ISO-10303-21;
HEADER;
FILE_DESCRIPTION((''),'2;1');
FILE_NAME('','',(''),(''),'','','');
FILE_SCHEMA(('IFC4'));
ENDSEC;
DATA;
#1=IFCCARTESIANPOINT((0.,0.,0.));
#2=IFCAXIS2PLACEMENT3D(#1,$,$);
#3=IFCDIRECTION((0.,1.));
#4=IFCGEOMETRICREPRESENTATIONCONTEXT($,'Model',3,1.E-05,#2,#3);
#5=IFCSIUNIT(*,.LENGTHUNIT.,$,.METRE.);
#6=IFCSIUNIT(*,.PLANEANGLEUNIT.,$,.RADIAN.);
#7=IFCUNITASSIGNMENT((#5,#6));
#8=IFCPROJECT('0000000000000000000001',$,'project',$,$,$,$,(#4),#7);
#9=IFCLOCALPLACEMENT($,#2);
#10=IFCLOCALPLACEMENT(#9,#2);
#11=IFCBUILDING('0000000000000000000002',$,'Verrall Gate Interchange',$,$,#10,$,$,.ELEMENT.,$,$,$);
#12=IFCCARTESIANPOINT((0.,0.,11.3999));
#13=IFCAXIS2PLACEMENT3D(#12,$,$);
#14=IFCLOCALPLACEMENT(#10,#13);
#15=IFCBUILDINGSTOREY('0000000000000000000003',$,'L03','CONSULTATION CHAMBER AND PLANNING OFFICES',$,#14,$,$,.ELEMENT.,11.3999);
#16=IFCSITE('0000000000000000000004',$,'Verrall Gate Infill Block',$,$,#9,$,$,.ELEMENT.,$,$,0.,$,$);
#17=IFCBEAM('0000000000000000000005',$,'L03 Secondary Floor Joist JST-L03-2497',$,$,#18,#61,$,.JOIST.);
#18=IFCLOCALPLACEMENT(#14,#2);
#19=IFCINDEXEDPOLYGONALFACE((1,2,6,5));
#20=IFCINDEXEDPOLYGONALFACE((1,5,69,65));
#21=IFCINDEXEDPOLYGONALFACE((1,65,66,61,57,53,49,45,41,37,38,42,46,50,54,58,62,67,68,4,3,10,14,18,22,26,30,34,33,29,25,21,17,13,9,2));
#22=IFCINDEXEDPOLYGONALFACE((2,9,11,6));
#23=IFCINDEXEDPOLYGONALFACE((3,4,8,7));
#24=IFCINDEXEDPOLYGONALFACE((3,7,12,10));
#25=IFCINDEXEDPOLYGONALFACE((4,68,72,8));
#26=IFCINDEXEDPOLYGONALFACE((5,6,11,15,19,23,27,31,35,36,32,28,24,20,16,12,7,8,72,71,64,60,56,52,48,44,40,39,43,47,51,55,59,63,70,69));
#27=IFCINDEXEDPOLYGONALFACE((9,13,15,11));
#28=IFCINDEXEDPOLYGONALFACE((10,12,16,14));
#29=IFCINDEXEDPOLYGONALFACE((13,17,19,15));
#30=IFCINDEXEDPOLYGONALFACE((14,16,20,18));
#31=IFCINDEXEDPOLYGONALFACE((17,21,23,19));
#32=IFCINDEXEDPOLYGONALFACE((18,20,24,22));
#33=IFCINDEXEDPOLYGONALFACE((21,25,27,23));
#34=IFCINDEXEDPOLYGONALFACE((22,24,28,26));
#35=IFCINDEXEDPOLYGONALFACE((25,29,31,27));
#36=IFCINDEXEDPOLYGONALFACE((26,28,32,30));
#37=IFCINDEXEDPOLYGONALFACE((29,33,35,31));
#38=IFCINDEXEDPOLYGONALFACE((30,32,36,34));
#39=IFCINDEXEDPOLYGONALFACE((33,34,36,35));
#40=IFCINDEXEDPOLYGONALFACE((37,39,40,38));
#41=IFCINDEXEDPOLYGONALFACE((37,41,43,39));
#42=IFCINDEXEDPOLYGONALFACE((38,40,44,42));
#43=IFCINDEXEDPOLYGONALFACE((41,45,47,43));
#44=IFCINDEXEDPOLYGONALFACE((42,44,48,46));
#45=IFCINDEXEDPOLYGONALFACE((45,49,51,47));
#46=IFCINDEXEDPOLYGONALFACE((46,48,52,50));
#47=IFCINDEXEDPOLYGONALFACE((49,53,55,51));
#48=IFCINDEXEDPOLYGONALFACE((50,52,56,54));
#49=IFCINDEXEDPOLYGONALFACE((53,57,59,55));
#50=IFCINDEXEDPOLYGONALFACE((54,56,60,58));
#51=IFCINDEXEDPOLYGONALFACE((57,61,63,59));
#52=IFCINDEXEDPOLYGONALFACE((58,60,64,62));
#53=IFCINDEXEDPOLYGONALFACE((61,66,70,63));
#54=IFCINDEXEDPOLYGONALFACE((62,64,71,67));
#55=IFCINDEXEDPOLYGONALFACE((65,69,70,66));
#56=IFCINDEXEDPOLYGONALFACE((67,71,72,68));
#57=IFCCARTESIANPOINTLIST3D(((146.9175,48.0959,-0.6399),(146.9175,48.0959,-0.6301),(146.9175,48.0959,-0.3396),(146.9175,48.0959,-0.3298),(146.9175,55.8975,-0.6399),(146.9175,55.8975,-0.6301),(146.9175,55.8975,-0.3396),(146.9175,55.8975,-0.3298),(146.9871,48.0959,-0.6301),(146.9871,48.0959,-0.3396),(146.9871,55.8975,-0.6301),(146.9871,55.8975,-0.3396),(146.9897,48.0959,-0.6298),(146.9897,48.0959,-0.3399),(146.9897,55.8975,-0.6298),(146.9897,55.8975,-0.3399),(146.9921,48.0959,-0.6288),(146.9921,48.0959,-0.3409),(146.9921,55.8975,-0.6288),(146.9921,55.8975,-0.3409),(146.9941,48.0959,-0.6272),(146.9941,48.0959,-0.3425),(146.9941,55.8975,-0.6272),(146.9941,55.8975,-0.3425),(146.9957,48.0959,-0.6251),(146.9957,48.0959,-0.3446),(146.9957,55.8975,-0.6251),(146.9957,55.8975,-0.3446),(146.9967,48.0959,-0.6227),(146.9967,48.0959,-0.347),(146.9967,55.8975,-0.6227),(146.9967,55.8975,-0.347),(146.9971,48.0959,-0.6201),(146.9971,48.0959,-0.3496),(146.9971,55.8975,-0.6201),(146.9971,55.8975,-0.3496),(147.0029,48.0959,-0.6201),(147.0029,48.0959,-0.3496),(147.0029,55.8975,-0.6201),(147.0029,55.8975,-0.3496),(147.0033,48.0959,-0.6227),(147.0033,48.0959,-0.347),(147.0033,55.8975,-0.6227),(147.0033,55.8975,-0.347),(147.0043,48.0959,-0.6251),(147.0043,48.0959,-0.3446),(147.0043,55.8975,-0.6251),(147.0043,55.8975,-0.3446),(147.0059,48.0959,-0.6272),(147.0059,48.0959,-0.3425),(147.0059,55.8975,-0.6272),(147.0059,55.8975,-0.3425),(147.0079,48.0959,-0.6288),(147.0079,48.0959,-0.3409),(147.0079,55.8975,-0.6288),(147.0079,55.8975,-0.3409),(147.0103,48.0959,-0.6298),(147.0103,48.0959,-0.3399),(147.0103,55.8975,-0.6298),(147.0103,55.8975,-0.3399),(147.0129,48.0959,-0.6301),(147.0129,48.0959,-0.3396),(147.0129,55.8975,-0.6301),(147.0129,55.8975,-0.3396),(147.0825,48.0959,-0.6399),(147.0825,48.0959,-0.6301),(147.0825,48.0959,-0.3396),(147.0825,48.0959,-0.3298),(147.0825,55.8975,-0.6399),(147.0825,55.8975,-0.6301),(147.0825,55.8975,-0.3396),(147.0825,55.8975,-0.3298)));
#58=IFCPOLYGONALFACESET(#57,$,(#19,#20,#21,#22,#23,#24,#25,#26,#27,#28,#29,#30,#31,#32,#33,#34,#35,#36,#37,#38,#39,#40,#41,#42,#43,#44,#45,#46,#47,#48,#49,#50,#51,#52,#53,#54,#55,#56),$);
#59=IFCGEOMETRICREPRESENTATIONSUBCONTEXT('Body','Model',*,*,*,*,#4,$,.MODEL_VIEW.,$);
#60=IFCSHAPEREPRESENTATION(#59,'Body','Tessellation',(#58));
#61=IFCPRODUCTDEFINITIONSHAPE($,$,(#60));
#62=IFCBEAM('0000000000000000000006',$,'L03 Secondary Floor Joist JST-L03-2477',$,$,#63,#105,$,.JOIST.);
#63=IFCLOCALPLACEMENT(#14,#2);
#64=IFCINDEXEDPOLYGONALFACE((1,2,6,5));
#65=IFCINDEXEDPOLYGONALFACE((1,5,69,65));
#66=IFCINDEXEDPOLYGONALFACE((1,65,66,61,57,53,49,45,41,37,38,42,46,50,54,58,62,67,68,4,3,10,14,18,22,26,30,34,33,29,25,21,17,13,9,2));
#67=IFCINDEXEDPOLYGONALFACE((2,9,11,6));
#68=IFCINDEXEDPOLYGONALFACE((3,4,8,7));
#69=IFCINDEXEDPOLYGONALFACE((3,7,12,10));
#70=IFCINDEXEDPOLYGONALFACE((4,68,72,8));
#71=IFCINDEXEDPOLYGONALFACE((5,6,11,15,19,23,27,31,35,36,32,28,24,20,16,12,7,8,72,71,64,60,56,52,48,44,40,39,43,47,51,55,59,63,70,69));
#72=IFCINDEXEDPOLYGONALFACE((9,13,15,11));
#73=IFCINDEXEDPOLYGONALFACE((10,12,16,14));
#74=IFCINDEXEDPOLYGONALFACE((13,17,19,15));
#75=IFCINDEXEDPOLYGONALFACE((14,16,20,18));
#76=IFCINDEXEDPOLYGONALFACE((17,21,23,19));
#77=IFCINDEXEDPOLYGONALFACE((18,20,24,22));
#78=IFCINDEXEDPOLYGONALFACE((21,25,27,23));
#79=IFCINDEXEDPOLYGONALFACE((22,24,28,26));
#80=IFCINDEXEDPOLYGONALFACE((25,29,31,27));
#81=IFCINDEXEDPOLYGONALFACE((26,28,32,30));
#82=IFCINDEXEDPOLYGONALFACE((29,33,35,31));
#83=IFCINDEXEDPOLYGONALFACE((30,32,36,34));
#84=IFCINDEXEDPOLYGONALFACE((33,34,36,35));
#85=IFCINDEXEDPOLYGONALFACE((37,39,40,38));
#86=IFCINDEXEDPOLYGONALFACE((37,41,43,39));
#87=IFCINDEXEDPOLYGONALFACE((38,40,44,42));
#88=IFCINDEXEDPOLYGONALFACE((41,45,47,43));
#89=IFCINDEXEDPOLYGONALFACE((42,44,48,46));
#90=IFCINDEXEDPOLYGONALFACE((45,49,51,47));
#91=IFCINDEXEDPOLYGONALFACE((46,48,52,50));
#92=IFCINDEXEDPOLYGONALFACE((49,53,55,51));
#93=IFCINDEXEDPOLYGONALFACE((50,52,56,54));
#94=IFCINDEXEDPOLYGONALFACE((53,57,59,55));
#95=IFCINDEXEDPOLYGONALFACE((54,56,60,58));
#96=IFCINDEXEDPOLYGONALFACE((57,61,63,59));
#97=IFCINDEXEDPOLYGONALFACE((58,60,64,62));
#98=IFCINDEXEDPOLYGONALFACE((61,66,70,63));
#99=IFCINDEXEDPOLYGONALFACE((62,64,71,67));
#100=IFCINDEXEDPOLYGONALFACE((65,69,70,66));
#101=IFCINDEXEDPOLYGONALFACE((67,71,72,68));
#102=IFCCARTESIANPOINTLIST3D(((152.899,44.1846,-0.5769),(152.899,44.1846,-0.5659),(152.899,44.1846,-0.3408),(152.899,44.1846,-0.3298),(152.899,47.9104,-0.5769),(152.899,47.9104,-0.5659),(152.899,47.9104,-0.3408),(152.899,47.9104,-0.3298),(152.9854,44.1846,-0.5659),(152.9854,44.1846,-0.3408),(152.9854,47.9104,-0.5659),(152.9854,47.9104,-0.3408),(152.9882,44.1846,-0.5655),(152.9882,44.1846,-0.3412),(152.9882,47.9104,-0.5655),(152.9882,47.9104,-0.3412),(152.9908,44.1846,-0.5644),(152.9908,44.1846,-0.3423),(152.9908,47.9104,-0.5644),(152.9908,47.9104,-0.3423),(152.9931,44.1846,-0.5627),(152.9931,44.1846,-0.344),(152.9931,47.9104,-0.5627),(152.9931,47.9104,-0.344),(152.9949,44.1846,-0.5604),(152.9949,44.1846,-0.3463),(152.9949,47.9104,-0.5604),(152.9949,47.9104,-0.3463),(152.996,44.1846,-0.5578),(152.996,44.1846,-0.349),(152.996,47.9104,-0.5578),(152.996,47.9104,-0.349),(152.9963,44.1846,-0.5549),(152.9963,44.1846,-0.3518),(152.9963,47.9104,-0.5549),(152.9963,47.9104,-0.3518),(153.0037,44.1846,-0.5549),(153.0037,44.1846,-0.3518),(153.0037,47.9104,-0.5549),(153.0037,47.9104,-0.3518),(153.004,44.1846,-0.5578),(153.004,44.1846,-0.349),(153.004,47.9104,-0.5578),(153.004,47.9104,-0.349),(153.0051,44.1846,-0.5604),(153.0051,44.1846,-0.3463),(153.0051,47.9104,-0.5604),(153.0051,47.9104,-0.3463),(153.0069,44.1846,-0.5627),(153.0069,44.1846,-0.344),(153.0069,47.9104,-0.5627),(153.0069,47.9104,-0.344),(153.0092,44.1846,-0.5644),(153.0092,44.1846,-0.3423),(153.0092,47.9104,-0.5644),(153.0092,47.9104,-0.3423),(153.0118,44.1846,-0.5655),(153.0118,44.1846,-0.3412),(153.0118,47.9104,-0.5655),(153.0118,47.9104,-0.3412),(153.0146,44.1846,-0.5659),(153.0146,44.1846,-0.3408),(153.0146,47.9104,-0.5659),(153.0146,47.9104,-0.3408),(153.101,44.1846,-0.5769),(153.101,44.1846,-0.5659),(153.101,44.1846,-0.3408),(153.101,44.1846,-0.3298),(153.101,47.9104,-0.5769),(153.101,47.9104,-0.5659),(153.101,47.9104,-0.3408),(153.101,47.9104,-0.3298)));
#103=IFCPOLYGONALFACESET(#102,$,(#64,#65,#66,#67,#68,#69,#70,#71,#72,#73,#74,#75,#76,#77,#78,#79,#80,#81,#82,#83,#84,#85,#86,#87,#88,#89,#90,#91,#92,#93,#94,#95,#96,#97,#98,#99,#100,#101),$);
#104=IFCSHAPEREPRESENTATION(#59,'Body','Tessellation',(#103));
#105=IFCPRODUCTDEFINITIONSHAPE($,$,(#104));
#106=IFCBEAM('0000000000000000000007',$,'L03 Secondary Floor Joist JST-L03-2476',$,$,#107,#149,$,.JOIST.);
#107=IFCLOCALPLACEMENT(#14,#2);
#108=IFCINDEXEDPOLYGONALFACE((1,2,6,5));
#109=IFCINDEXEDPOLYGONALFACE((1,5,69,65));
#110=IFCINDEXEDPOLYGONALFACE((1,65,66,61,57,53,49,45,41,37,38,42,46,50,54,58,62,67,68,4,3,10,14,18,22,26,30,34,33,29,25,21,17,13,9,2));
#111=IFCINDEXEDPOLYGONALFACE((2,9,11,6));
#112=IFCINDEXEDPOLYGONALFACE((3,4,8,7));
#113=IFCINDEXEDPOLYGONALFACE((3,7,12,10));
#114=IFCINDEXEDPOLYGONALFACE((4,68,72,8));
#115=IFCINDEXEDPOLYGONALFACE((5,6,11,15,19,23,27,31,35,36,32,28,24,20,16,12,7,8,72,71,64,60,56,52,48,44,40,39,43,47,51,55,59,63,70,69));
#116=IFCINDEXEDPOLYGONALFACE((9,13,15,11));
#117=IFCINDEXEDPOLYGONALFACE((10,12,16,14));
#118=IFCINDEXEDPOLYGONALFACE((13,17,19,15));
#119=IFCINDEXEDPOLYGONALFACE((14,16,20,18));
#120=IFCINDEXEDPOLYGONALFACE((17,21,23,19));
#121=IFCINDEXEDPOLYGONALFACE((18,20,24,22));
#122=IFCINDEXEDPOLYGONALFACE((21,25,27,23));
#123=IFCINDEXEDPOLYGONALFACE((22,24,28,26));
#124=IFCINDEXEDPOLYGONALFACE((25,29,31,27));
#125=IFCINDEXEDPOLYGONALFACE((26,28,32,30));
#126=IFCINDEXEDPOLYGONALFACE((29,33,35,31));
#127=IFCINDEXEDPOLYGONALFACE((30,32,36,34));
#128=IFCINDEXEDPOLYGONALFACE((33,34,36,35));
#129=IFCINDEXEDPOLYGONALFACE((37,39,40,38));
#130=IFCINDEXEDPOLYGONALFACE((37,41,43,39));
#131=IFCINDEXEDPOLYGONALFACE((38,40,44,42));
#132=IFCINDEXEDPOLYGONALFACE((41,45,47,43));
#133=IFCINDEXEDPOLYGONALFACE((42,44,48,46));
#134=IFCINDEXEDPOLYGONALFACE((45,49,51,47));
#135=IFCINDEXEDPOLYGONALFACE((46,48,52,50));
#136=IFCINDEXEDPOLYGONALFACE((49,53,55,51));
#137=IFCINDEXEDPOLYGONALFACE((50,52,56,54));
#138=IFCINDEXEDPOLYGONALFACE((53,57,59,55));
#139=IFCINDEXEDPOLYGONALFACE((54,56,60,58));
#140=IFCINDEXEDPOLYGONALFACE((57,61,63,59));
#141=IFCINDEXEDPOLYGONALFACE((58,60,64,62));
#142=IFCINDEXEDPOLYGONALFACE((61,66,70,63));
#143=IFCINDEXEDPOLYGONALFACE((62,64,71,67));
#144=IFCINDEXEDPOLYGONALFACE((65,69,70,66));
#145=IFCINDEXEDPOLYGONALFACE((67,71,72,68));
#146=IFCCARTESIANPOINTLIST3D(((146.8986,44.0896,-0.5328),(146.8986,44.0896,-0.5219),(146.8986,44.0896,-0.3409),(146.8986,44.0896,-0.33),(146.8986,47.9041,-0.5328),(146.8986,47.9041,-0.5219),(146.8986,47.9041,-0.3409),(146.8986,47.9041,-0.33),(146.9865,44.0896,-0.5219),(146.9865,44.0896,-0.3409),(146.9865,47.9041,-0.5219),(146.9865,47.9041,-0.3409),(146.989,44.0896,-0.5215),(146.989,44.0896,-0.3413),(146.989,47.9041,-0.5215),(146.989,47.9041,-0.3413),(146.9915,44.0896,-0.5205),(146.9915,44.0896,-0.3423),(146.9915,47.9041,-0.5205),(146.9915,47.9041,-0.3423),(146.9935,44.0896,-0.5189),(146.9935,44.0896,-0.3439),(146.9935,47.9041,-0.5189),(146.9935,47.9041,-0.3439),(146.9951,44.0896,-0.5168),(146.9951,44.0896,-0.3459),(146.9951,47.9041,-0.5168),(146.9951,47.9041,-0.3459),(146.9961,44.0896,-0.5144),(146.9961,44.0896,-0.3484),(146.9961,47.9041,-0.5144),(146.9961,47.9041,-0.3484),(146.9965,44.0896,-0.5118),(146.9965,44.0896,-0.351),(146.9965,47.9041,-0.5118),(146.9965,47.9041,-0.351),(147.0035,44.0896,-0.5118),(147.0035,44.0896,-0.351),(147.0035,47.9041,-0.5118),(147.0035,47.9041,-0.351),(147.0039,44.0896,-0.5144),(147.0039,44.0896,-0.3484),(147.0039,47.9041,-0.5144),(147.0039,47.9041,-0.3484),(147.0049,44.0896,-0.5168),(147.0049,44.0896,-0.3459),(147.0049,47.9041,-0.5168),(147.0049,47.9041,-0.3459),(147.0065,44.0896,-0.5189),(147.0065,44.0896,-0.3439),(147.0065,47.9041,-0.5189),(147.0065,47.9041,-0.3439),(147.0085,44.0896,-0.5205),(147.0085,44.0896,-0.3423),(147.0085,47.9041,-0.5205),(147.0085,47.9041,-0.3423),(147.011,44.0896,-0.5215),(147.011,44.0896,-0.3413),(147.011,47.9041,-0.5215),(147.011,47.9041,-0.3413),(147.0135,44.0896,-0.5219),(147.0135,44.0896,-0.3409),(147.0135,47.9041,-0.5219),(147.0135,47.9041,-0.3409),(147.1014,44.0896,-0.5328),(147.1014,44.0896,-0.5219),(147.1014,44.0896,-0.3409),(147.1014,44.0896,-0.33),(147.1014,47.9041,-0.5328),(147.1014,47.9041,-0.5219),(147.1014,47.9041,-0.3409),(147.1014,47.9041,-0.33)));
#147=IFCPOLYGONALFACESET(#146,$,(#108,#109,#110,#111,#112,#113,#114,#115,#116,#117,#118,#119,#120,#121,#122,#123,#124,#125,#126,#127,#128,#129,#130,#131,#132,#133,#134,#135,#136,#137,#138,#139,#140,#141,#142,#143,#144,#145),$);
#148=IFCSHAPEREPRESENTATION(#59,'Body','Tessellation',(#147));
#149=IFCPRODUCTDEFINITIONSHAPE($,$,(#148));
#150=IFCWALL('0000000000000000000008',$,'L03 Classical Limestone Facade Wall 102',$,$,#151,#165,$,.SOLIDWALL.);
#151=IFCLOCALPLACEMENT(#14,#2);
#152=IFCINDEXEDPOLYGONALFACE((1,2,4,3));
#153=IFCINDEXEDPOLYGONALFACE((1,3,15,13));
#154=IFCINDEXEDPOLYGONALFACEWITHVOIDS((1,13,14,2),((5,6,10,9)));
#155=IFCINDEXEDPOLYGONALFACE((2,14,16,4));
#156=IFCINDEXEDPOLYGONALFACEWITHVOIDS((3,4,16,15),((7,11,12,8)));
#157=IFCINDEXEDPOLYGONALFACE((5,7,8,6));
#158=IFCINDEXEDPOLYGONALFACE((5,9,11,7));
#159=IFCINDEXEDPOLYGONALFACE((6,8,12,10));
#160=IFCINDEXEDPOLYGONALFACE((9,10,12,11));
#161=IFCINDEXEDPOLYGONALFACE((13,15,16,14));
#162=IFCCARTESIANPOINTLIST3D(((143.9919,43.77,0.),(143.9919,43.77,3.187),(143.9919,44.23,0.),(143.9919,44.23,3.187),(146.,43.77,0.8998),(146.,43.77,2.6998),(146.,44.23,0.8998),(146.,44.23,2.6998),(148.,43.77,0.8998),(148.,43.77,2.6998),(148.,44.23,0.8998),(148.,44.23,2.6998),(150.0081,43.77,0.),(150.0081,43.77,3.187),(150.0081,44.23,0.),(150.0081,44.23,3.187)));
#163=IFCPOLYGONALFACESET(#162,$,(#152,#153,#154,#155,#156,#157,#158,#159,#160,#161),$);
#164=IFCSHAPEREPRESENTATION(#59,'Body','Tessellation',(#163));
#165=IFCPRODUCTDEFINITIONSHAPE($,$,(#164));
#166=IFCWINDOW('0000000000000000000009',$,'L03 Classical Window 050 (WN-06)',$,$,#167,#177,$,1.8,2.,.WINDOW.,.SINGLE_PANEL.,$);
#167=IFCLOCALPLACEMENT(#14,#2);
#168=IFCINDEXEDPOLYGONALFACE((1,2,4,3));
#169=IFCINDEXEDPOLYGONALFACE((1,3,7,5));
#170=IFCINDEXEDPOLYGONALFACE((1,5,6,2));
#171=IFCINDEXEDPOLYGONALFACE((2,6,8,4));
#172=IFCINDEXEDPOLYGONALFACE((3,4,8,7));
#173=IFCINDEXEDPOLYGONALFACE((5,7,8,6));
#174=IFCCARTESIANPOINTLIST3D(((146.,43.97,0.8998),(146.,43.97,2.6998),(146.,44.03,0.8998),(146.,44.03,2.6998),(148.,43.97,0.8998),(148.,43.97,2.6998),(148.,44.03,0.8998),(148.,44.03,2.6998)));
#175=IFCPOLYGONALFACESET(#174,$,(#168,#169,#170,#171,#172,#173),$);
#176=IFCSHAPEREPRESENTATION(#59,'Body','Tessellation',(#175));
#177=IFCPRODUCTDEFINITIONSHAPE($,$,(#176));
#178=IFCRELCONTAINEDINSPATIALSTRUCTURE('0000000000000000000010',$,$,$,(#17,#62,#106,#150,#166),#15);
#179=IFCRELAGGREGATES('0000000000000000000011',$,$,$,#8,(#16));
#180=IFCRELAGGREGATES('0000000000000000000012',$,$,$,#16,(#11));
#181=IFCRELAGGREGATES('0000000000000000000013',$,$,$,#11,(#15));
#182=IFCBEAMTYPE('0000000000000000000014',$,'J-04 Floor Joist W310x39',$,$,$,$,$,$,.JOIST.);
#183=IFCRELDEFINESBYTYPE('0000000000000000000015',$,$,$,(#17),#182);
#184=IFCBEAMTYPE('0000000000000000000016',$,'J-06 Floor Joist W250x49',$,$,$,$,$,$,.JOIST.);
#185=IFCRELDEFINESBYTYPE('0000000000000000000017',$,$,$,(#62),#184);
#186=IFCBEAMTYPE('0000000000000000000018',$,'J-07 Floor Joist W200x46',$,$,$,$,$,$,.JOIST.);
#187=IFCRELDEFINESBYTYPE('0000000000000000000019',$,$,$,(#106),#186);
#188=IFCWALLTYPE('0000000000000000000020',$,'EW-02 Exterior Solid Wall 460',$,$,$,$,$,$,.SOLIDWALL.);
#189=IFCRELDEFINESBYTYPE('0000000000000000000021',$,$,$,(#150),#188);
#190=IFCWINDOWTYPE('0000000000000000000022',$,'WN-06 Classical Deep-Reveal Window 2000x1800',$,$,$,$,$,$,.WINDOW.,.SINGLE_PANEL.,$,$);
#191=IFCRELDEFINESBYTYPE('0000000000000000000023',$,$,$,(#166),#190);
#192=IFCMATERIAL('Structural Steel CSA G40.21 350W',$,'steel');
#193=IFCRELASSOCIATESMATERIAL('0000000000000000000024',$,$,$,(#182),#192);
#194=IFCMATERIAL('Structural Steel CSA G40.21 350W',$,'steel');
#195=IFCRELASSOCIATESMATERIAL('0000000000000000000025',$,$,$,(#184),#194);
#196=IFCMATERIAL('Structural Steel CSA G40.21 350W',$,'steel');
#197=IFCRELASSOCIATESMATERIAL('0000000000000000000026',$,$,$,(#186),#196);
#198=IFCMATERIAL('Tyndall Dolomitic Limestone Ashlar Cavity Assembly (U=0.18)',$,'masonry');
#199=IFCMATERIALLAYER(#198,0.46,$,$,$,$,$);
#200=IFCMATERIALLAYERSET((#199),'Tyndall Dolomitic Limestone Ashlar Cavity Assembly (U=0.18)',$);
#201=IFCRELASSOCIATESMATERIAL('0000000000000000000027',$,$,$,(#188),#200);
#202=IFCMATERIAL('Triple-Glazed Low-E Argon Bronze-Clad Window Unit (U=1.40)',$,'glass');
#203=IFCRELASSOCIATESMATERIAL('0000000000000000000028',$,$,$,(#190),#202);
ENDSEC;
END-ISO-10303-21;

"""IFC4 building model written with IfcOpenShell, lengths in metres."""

from ifc_helpers import new_model, si_unit, direction, frame, frame_2d, origin, origin_2d, place, context, subcontext, project, spatial, rectangle, i_section, extrude, material, layer, layer_set, material_profile, profile_set, type_object, element, fill, save


model = new_model("IFC4")

# Units and contexts
model_context = context("Model", 3, precision=1e-05, world=origin(), true_north=direction((0.0, 1.0)))
body_context = subcontext(model_context, "Body", "Model", "MODEL_VIEW")
ifc_project = project(units=[si_unit("LENGTHUNIT", "METRE"), si_unit("PLANEANGLEUNIT", "RADIAN")], contexts=[model_context])

# Site, building, storey
site_placement = place(None, origin())
site = spatial("IfcSite", under=ifc_project, at=site_placement, Name="Verrall Gate Infill Block", CompositionType="ELEMENT", RefElevation=0.0)
building_placement = place(site_placement, origin())
building = spatial("IfcBuilding", under=site, at=building_placement, Name="Verrall Gate Interchange", CompositionType="ELEMENT")
storey_placement = place(building_placement, frame((0.0, 0.0, 11.3999)))
storey = spatial("IfcBuildingStorey", under=building, at=storey_placement, Name="L03", Description="CONSULTATION CHAMBER AND PLANNING OFFICES", CompositionType="ELEMENT", Elevation=11.3999)

# Beams
ifc_material_1 = material(Name="Structural Steel CSA G40.21 350W", Category="steel")
ifc_material_profile_1 = material_profile(ifc_material_1, i_section(OverallWidth=0.165, OverallDepth=0.3101, WebThickness=0.0059, FlangeThickness=0.0098, FilletRadius=0.01, at=origin_2d()), Name="W310x39")
ifc_profile_set_1 = profile_set([ifc_material_profile_1], Name="Structural Steel CSA G40.21 350W")
beam_type_1 = type_object("IfcBeamType", Name="J-04 Floor Joist W310x39", PredefinedType="JOIST", material=ifc_profile_set_1)
beam_1_placement = place(storey_placement, frame((147.0, 48.0959, -0.4849), z_axis=(0.0, 1.0, 0.0), x_axis=(-1.0, 0.0, 0.0)))
element("IfcBeam", 1, at=beam_1_placement, inside=storey, type_object=beam_type_1, Name="L03 Secondary Floor Joist JST-L03-2497", PredefinedType="JOIST", context=body_context, shape_type="SweptSolid", body=[
    extrude(i_section(OverallWidth=0.165, OverallDepth=0.3101, WebThickness=0.0059, FlangeThickness=0.0098, FilletRadius=0.01, at=origin_2d()), origin(), (0.0, 0.0, 1.0), 7.8015),
])
ifc_material_2 = material(Name="Structural Steel CSA G40.21 350W", Category="steel")
ifc_material_profile_2 = material_profile(ifc_material_2, i_section(OverallWidth=0.2019, OverallDepth=0.2471, WebThickness=0.0073, FlangeThickness=0.011, FilletRadius=0.011, at=origin_2d()), Name="W250x49")
ifc_profile_set_2 = profile_set([ifc_material_profile_2], Name="Structural Steel CSA G40.21 350W")
beam_type_2 = type_object("IfcBeamType", Name="J-06 Floor Joist W250x49", PredefinedType="JOIST", material=ifc_profile_set_2)
beam_2_placement = place(storey_placement, frame((153.0, 44.1846, -0.4534), z_axis=(0.0, 1.0, 0.0), x_axis=(-1.0, 0.0, 0.0)))
element("IfcBeam", 2, at=beam_2_placement, inside=storey, type_object=beam_type_2, Name="L03 Secondary Floor Joist JST-L03-2477", PredefinedType="JOIST", context=body_context, shape_type="SweptSolid", body=[
    extrude(i_section(OverallWidth=0.2019, OverallDepth=0.2471, WebThickness=0.0073, FlangeThickness=0.011, FilletRadius=0.011, at=origin_2d()), origin(), (0.0, 0.0, 1.0), 3.7258),
])
ifc_material_3 = material(Name="Structural Steel CSA G40.21 350W", Category="steel")
ifc_material_profile_3 = material_profile(ifc_material_3, i_section(OverallWidth=0.2029, OverallDepth=0.2029, WebThickness=0.0071, FlangeThickness=0.011, FilletRadius=0.01, at=origin_2d()), Name="W200x46")
ifc_profile_set_3 = profile_set([ifc_material_profile_3], Name="Structural Steel CSA G40.21 350W")
beam_type_3 = type_object("IfcBeamType", Name="J-07 Floor Joist W200x46", PredefinedType="JOIST", material=ifc_profile_set_3)
beam_3_placement = place(storey_placement, frame((147.0, 44.0896, -0.4314), z_axis=(0.0, 1.0, 0.0), x_axis=(-1.0, 0.0, 0.0)))
element("IfcBeam", 3, at=beam_3_placement, inside=storey, type_object=beam_type_3, Name="L03 Secondary Floor Joist JST-L03-2476", PredefinedType="JOIST", context=body_context, shape_type="SweptSolid", body=[
    extrude(i_section(OverallWidth=0.2029, OverallDepth=0.2029, WebThickness=0.0071, FlangeThickness=0.011, FilletRadius=0.01, at=origin_2d()), origin(), (0.0, 0.0, 1.0), 3.8145),
])

# Wall, opening, window
ifc_material_4 = material(Name="Tyndall Dolomitic Limestone Ashlar Cavity Assembly (U=0.18)", Category="masonry")
ifc_layer_1 = layer(ifc_material_4, 0.46)
ifc_layer_set_1 = layer_set([ifc_layer_1], Name="Tyndall Dolomitic Limestone Ashlar Cavity Assembly (U=0.18)")
wall_type_1 = type_object("IfcWallType", Name="EW-02 Exterior Solid Wall 460", PredefinedType="SOLIDWALL", material=ifc_layer_set_1)
wall_1_placement = place(storey_placement, frame((150.0081, 44.0, 0.0), z_axis=(0.0, 0.0, 1.0), x_axis=(-1.0, 0.0, 0.0)))
wall_1 = element("IfcWall", 4, at=wall_1_placement, inside=storey, type_object=wall_type_1, Name="L03 Classical Limestone Facade Wall 102", PredefinedType="SOLIDWALL", context=body_context, shape_type="SweptSolid", body=[
    extrude(rectangle(XDim=6.0161, YDim=0.46, at=frame_2d((3.0081, 0.0))), origin(), (0.0, 0.0, 1.0), 3.187),
])
opening_1_placement = place(wall_1_placement, frame((2.0081, 0.0, 0.8999)))
opening_1 = element("IfcOpeningElement", 5, at=opening_1_placement, cuts=wall_1, PredefinedType="OPENING", context=body_context, shape_type="SweptSolid", body=[
    extrude(rectangle(XDim=2.0, YDim=1.8, at=frame_2d((1.0, 0.8999))), frame((0.0, 0.2449, 0.0), z_axis=(0.0, -1.0, 0.0), x_axis=(1.0, 0.0, 0.0)), (0.0, 0.0, 1.0), 0.4897),
])
ifc_material_5 = material(Name="Triple-Glazed Low-E Argon Bronze-Clad Window Unit (U=1.40)", Category="glass")
window_type = type_object("IfcWindowType", Name="WN-06 Classical Deep-Reveal Window 2000x1800", PartitioningType="SINGLE_PANEL", PredefinedType="WINDOW", material=ifc_material_5)
window_placement = place(opening_1_placement, origin())
window = element("IfcWindow", 6, at=window_placement, inside=storey, type_object=window_type, Name="L03 Classical Window 050 (WN-06)", OverallHeight=1.8, OverallWidth=2.0, PartitioningType="SINGLE_PANEL", PredefinedType="WINDOW", context=body_context, shape_type="SweptSolid", body=[
    extrude(rectangle(XDim=2.0, YDim=1.8, at=frame_2d((1.0, 0.8999))), frame((0.0, 0.03, 0.0), z_axis=(0.0, -1.0, 0.0), x_axis=(1.0, 0.0, 0.0)), (0.0, 0.0, 1.0), 0.0601),
])
fill(opening_1, window)

save(model, "model.ifc")
